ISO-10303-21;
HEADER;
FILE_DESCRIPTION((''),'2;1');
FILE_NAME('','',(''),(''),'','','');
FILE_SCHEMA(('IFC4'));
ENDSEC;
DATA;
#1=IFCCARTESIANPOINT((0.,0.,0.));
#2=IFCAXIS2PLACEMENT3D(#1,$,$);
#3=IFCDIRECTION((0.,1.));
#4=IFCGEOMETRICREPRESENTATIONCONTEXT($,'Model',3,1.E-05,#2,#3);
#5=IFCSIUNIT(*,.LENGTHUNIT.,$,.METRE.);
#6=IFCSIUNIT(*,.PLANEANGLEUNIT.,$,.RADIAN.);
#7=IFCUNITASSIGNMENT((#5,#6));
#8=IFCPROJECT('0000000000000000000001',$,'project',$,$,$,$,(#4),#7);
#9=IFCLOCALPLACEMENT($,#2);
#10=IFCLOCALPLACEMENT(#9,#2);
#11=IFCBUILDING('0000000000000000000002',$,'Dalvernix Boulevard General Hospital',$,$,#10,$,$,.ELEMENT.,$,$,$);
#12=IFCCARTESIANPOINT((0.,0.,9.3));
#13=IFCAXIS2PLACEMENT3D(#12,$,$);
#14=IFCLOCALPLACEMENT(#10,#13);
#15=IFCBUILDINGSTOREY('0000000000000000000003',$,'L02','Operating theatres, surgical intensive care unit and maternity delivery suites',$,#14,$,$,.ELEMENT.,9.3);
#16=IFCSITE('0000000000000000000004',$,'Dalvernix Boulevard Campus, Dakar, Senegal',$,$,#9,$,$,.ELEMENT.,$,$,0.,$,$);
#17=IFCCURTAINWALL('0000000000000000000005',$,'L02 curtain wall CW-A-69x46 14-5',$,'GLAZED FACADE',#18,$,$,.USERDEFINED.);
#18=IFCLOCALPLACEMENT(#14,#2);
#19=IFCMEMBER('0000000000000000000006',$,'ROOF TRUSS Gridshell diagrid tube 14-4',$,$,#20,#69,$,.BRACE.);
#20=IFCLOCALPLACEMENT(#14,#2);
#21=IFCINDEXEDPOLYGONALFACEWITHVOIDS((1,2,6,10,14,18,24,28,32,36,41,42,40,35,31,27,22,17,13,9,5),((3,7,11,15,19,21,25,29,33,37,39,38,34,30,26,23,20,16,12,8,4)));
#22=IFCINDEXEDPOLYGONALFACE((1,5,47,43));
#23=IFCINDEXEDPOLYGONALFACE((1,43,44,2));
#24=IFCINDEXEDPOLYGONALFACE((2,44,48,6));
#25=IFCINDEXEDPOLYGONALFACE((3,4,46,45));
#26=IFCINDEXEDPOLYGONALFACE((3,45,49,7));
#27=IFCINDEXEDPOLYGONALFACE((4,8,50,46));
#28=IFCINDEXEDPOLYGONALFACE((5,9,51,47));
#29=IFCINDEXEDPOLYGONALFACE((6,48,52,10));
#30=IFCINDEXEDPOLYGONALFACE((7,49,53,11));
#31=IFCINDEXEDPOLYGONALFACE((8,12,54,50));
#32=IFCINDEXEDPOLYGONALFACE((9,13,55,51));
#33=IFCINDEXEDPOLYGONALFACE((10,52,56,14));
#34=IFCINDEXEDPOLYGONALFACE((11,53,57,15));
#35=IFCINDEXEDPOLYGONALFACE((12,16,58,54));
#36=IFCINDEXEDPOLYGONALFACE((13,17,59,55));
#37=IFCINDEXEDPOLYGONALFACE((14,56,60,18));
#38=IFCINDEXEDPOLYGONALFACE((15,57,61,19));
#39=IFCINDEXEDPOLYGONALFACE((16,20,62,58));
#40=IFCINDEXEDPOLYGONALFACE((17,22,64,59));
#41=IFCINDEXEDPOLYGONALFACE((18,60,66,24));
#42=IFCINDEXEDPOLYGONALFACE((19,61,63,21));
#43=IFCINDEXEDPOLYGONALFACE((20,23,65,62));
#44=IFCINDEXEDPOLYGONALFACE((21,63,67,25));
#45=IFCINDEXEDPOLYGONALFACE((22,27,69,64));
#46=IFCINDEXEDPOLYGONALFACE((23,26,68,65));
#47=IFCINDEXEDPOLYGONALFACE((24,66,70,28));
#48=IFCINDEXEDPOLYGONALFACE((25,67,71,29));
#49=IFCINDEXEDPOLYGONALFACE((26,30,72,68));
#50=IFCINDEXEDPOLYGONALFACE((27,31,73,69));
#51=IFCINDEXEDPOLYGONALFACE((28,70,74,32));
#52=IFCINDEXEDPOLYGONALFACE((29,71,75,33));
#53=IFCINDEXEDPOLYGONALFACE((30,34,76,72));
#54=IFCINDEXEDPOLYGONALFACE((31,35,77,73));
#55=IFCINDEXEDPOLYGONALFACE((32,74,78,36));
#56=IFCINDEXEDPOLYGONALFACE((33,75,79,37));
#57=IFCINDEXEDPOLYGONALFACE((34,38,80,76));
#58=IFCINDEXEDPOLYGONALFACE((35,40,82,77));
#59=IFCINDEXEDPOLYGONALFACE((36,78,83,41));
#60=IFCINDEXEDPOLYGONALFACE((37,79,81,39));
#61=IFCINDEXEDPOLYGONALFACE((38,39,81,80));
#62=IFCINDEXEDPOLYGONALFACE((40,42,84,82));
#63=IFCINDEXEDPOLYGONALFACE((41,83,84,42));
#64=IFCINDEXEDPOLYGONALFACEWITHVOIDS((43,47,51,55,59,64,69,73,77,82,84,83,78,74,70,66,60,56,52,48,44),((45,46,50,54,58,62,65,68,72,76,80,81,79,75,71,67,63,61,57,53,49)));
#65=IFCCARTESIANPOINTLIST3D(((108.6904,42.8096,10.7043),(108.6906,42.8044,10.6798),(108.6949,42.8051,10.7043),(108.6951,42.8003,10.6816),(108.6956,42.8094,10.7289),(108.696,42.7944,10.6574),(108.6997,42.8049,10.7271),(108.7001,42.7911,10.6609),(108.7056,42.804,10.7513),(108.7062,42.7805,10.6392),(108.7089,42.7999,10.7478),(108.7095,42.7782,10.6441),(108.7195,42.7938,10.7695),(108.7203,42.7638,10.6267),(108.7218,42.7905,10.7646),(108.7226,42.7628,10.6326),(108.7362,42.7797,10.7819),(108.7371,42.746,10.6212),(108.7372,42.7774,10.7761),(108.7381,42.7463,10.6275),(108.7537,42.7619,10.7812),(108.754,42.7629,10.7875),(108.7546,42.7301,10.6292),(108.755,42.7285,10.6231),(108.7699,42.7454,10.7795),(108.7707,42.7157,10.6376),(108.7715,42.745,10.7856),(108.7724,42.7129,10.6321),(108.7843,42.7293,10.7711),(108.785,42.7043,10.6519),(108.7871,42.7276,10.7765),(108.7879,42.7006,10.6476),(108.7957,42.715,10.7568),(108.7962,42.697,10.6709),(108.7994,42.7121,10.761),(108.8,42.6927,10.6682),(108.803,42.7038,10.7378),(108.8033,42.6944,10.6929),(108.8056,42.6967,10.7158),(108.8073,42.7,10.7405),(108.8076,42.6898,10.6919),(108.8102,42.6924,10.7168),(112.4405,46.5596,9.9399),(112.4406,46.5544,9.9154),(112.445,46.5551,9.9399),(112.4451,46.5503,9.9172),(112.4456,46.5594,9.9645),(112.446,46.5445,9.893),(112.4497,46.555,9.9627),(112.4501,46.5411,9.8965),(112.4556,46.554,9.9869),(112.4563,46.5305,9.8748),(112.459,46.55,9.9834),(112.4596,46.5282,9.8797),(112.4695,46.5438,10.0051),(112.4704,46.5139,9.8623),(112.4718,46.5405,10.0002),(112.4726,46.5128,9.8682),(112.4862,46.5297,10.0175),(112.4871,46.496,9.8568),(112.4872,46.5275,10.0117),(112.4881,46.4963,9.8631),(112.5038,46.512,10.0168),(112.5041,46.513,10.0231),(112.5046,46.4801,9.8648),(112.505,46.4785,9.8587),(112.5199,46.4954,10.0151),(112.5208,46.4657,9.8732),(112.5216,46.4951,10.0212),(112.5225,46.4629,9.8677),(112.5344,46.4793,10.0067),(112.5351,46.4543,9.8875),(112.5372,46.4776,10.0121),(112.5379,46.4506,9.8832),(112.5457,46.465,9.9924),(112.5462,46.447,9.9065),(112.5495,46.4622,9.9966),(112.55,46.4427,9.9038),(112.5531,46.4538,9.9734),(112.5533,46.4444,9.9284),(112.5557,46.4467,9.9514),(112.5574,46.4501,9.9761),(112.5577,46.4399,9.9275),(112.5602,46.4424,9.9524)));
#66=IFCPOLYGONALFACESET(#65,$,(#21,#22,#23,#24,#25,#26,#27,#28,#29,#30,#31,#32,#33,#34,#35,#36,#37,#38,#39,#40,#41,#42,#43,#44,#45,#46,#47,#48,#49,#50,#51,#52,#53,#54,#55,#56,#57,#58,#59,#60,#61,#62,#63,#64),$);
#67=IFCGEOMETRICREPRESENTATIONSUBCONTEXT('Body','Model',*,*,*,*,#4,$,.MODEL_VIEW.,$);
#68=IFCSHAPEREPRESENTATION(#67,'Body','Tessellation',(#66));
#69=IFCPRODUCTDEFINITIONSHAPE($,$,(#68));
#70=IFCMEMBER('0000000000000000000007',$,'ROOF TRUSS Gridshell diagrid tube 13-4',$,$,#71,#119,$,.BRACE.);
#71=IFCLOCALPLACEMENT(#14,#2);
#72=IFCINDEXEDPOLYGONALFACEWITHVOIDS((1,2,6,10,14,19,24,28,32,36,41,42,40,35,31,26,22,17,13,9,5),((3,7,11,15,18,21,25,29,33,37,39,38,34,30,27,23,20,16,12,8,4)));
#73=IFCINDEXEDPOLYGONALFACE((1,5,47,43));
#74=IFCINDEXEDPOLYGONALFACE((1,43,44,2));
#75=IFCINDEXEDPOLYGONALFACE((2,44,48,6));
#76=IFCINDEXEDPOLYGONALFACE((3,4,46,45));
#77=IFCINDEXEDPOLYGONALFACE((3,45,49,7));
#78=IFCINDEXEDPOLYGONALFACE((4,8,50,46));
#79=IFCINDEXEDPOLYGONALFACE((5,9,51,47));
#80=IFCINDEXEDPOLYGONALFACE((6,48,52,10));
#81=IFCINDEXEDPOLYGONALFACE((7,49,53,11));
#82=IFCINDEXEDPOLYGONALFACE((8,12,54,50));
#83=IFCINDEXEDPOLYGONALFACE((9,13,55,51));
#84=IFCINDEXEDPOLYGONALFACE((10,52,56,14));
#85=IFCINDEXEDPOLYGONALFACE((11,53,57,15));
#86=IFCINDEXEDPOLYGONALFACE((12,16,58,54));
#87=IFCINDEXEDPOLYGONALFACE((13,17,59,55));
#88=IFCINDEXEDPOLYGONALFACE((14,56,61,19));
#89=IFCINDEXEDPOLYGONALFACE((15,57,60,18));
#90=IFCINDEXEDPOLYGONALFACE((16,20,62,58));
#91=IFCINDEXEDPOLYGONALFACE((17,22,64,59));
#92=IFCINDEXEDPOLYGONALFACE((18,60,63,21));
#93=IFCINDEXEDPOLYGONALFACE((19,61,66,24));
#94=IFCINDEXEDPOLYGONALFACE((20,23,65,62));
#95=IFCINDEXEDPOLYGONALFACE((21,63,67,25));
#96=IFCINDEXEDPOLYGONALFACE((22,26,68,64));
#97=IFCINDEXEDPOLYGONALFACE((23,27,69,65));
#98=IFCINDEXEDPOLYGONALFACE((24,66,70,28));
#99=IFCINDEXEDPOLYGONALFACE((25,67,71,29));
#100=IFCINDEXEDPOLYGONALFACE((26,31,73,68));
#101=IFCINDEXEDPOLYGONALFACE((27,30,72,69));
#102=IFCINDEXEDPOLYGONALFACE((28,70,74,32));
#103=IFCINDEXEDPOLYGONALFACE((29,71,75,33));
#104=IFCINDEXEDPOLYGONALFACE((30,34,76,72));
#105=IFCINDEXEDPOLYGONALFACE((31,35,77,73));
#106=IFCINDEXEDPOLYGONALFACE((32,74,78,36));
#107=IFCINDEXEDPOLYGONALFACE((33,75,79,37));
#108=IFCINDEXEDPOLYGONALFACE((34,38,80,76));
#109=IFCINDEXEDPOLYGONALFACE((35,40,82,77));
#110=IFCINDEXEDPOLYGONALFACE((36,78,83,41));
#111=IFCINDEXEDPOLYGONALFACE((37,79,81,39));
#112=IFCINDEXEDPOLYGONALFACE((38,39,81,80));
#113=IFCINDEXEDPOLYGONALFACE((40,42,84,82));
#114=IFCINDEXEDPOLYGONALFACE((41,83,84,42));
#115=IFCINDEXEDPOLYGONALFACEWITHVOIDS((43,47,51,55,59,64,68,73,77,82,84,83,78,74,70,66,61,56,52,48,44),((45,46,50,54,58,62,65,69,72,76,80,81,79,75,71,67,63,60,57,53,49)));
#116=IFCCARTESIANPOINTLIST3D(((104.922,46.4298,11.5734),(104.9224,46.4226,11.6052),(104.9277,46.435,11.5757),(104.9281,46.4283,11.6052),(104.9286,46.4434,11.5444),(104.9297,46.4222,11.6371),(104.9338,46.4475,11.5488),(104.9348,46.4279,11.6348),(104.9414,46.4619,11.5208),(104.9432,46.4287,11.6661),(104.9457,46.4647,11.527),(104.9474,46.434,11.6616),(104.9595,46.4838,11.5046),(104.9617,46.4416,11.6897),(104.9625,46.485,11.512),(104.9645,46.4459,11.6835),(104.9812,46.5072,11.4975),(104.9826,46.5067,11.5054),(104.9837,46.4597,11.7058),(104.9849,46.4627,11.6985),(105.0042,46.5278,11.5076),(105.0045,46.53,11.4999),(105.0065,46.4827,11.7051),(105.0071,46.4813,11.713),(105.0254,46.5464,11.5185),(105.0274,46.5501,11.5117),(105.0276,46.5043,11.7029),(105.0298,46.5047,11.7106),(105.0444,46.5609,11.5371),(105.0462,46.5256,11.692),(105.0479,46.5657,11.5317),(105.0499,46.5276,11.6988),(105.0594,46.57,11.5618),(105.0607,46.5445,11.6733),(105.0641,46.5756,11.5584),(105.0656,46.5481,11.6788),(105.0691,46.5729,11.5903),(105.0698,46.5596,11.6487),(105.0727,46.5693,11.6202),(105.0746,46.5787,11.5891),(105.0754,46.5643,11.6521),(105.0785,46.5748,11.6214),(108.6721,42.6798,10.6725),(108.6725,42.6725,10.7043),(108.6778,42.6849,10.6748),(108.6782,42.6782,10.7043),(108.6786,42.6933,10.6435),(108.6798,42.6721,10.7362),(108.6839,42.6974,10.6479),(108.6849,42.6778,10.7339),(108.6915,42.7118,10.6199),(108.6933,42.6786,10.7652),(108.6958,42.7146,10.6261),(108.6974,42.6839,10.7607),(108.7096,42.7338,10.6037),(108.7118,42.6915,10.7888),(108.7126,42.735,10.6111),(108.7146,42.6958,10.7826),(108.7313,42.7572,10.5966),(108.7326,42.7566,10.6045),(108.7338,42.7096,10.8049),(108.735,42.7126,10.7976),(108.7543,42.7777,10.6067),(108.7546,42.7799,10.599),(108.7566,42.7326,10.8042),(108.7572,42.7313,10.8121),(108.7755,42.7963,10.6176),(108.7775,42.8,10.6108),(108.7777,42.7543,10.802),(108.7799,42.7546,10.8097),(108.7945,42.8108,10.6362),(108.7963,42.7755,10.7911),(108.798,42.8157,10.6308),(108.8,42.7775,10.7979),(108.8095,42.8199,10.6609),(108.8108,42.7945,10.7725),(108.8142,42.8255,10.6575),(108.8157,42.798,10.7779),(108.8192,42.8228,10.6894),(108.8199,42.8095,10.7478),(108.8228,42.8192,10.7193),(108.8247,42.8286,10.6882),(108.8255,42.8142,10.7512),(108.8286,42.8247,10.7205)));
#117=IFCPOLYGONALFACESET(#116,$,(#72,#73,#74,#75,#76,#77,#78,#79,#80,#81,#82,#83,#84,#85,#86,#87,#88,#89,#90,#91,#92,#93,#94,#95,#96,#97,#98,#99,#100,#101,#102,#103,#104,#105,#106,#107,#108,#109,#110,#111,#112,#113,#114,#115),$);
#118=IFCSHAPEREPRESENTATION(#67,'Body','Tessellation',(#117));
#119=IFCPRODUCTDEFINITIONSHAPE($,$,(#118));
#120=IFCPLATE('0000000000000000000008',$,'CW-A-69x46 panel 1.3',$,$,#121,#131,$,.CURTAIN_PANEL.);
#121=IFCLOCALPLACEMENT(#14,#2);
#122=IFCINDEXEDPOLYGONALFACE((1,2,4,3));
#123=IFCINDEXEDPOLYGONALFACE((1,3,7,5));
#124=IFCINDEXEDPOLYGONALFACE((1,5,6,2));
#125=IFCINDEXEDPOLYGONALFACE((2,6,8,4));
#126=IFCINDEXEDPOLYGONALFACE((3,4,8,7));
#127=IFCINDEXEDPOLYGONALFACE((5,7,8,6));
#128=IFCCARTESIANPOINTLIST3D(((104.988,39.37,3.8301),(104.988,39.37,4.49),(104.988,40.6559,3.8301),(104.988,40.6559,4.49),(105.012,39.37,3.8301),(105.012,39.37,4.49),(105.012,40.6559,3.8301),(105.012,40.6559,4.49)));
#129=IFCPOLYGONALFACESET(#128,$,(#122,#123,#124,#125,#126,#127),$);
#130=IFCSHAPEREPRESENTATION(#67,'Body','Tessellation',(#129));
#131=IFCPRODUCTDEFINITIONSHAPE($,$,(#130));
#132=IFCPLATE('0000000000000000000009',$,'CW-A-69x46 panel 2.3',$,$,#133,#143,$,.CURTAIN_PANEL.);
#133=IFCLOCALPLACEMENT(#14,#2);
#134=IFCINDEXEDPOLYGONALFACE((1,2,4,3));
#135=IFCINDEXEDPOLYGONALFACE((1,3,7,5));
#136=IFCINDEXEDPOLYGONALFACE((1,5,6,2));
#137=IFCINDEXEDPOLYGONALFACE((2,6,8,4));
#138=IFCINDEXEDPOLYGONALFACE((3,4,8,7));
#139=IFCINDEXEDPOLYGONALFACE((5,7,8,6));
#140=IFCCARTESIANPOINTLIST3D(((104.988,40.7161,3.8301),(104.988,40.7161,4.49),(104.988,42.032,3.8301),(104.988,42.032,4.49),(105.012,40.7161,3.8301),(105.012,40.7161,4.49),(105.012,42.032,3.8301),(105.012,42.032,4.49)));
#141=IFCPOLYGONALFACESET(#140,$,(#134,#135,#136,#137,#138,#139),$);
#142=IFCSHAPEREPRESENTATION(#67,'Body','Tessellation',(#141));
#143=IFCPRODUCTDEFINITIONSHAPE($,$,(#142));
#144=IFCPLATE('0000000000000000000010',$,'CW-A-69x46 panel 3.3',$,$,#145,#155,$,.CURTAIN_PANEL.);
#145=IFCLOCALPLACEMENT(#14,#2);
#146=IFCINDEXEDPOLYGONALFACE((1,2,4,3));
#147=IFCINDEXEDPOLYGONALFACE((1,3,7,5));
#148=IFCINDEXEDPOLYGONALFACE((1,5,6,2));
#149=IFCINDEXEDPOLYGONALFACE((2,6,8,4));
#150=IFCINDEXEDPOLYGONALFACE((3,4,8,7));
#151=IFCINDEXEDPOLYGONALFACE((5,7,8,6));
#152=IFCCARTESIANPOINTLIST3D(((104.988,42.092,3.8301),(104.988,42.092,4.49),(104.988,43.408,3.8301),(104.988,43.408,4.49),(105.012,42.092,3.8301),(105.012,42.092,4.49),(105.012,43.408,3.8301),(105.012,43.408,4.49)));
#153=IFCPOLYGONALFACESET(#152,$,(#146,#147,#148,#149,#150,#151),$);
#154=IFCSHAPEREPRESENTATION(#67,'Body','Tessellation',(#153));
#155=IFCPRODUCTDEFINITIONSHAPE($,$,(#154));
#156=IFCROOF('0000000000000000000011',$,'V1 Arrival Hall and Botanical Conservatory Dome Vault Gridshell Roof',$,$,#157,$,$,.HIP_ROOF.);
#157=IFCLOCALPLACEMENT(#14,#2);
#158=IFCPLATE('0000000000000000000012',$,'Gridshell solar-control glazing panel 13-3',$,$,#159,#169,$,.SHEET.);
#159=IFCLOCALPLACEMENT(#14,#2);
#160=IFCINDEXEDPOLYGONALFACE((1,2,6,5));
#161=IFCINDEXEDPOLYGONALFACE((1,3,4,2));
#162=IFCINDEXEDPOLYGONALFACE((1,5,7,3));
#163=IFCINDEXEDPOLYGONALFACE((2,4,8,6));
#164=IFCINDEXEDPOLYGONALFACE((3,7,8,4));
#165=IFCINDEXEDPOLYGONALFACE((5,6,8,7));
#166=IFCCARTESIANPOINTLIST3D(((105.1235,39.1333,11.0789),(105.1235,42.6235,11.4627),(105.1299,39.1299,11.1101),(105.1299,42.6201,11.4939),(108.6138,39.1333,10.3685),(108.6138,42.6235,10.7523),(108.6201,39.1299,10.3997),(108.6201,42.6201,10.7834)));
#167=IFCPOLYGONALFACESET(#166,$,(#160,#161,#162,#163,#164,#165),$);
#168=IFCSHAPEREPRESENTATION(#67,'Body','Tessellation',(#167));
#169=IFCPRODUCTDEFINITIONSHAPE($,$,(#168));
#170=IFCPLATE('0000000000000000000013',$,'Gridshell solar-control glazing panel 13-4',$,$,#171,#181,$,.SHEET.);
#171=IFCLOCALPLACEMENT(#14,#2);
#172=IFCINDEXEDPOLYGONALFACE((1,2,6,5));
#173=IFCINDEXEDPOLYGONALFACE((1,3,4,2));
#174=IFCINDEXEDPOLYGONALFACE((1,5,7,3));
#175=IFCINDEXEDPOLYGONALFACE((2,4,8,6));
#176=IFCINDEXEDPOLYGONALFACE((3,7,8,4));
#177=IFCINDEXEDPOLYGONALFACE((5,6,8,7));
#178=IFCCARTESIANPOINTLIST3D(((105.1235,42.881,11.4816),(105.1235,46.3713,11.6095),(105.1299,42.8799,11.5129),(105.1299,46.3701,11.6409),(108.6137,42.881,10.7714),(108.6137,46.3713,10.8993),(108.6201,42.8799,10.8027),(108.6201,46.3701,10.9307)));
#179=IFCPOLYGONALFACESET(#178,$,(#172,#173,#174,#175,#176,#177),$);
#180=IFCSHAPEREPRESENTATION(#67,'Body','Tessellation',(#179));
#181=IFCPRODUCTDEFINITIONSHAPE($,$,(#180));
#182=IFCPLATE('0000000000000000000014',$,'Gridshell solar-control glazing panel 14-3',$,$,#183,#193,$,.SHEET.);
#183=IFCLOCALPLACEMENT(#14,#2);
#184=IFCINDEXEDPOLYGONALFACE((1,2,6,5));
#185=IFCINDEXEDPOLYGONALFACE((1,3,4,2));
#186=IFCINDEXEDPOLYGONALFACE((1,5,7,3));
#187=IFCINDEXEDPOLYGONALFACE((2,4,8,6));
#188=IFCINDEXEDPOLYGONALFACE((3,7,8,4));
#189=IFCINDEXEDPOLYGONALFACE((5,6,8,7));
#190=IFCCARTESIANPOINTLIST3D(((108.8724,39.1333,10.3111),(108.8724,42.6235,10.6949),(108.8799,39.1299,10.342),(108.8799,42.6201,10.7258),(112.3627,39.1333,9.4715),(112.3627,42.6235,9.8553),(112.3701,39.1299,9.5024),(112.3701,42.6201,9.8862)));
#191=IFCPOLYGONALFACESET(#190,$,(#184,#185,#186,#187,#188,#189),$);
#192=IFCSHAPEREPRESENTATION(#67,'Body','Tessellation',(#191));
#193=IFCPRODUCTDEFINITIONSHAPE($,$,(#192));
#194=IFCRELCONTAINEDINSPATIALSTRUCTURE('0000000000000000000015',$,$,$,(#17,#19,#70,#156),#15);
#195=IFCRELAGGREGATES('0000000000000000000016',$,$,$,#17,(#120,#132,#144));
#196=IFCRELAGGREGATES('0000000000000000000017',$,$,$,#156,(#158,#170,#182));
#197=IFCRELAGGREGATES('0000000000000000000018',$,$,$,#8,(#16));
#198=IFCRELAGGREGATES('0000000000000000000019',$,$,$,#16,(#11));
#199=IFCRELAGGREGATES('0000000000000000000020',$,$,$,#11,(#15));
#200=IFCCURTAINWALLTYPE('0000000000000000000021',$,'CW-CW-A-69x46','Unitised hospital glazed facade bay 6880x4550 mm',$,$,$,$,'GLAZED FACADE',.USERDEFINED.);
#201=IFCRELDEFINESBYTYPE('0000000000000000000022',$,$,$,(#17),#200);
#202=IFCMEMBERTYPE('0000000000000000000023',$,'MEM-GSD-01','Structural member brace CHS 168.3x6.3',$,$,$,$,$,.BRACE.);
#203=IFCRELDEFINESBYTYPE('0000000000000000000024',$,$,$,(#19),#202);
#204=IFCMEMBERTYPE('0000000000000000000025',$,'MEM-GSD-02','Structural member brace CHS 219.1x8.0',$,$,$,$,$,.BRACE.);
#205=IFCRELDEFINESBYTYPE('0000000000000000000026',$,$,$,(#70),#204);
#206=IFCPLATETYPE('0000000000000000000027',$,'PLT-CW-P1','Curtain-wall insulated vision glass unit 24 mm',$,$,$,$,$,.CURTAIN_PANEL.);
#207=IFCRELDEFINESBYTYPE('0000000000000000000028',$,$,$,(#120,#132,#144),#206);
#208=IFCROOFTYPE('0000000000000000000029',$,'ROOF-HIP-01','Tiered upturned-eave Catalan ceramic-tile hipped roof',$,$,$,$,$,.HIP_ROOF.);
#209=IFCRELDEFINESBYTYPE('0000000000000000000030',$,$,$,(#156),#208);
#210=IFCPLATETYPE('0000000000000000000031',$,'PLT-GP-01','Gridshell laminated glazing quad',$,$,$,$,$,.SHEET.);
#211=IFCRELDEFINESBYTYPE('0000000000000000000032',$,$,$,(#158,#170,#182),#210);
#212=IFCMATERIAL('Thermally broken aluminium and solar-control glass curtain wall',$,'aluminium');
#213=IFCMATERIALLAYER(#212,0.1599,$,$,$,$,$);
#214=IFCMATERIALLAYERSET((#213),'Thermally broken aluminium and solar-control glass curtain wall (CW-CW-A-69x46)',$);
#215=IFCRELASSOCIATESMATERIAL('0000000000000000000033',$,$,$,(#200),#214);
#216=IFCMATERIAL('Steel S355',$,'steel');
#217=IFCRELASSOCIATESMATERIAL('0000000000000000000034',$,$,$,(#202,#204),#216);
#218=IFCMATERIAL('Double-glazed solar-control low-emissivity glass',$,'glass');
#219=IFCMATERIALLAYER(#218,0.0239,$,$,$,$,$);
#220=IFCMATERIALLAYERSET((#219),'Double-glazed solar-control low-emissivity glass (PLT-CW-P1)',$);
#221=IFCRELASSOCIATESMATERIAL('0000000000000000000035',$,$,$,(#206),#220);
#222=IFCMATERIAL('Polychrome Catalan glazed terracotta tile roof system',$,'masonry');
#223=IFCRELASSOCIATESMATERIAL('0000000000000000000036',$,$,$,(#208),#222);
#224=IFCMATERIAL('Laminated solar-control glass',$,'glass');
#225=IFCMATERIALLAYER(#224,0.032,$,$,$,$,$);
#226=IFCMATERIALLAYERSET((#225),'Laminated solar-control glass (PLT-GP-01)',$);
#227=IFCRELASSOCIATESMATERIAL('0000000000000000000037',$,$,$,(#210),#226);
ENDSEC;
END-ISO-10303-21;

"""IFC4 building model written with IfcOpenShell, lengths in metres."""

from ifc_helpers import new_model, si_unit, direction, frame, origin, origin_2d, place, context, subcontext, project, spatial, polyline, rectangle, hollow_circle, outline, extrude, material, layer, layer_set, material_profile, profile_set, type_object, element, aggregate, save


model = new_model("IFC4")

# Units and contexts
model_context = context("Model", 3, precision=1e-05, world=origin(), true_north=direction((0.0, 1.0)))
body_context = subcontext(model_context, "Body", "Model", "MODEL_VIEW")
ifc_project = project(units=[si_unit("LENGTHUNIT", "METRE"), si_unit("PLANEANGLEUNIT", "RADIAN")], contexts=[model_context])

# Site, building, storey
site_placement = place(None, origin())
site = spatial("IfcSite", under=ifc_project, at=site_placement, Name="Dalvernix Boulevard Campus, Dakar, Senegal", CompositionType="ELEMENT", RefElevation=0.0)
building_placement = place(site_placement, origin())
building = spatial("IfcBuilding", under=site, at=building_placement, Name="Dalvernix Boulevard General Hospital", CompositionType="ELEMENT")
storey_placement = place(building_placement, frame((0.0, 0.0, 9.3)))
storey = spatial("IfcBuildingStorey", under=building, at=storey_placement, Name="L02", Description="Operating theatres, surgical intensive care unit and maternity delivery suites", CompositionType="ELEMENT", Elevation=9.3)

# Shared definitions
ifc_material_1 = material(Name="Steel S355", Category="steel")

# Curtain wall
ifc_material_2 = material(Name="Thermally broken aluminium and solar-control glass curtain wall", Category="aluminium")
ifc_layer_1 = layer(ifc_material_2, 0.1599)
ifc_layer_set_1 = layer_set([ifc_layer_1], Name="Thermally broken aluminium and solar-control glass curtain wall (CW-CW-A-69x46)")
curtain_wall_type = type_object("IfcCurtainWallType", Name="CW-CW-A-69x46", Description="Unitised hospital glazed facade bay 6880x4550 mm", ElementType="GLAZED FACADE", PredefinedType="USERDEFINED", material=ifc_layer_set_1)
curtain_wall_placement = place(storey_placement, origin())
curtain_wall = element("IfcCurtainWall", 1, at=curtain_wall_placement, inside=storey, type_object=curtain_wall_type, Name="L02 curtain wall CW-A-69x46 14-5", ObjectType="GLAZED FACADE", PredefinedType="USERDEFINED")

# Members
ifc_material_profile_1 = material_profile(ifc_material_1, hollow_circle(Radius=0.0842, WallThickness=0.0063, at=origin_2d()), Name="CHS 168.3x6.3")
ifc_profile_set_1 = profile_set([ifc_material_profile_1], Name="Steel S355")
member_type_1 = type_object("IfcMemberType", Name="MEM-GSD-01", Description="Structural member brace CHS 168.3x6.3", PredefinedType="BRACE", material=ifc_profile_set_1)
member_1_placement = place(storey_placement, frame((108.75, 42.75, 10.7043), z_axis=(0.699874, 0.699874, -0.142663), x_axis=(-0.707107, 0.707107, 0.0)))
element("IfcMember", 2, at=member_1_placement, inside=storey, type_object=member_type_1, Name="ROOF TRUSS Gridshell diagrid tube 14-4", PredefinedType="BRACE", context=body_context, shape_type="SweptSolid", body=[
    extrude(hollow_circle(Radius=0.0842, WallThickness=0.0063, at=origin_2d()), origin(), (0.0, 0.0, 1.0), 5.3582),
])
ifc_material_profile_2 = material_profile(ifc_material_1, hollow_circle(Radius=0.1096, WallThickness=0.0081, at=origin_2d()), Name="CHS 219.1x8.0")
ifc_profile_set_2 = profile_set([ifc_material_profile_2], Name="Steel S355")
member_type_2 = type_object("IfcMemberType", Name="MEM-GSD-02", Description="Structural member brace CHS 219.1x8.0", PredefinedType="BRACE", material=ifc_profile_set_2)
member_2_placement = place(storey_placement, frame((108.75, 42.75, 10.7043), z_axis=(-0.69712, 0.69712, 0.167472), x_axis=(-0.707107, -0.707107, 0.0)))
element("IfcMember", 3, at=member_2_placement, inside=storey, type_object=member_type_2, Name="ROOF TRUSS Gridshell diagrid tube 13-4", PredefinedType="BRACE", context=body_context, shape_type="SweptSolid", body=[
    extrude(hollow_circle(Radius=0.1096, WallThickness=0.0081, at=origin_2d()), origin(), (0.0, 0.0, 1.0), 5.3794),
])

# Plates
ifc_material_3 = material(Name="Double-glazed solar-control low-emissivity glass", Category="glass")
ifc_layer_2 = layer(ifc_material_3, 0.0239)
ifc_layer_set_2 = layer_set([ifc_layer_2], Name="Double-glazed solar-control low-emissivity glass (PLT-CW-P1)")
plate_type_1 = type_object("IfcPlateType", Name="PLT-CW-P1", Description="Curtain-wall insulated vision glass unit 24 mm", PredefinedType="CURTAIN_PANEL", material=ifc_layer_set_2)
plate_1_placement = place(storey_placement, frame((105.0, 40.0129, 3.8301), z_axis=(0.0, 0.0, 1.0), x_axis=(0.0, 1.0, 0.0)))
plate_1 = element("IfcPlate", 4, at=plate_1_placement, type_object=plate_type_1, Name="CW-A-69x46 panel 1.3", PredefinedType="CURTAIN_PANEL", context=body_context, shape_type="SweptSolid", body=[
    extrude(rectangle(XDim=1.2859, YDim=0.0239, at=origin_2d()), origin(), (0.0, 0.0, 1.0), 0.6599),
])
plate_2_placement = place(storey_placement, frame((105.0, 41.374, 3.8301), z_axis=(0.0, 0.0, 1.0), x_axis=(0.0, 1.0, 0.0)))
plate_2 = element("IfcPlate", 5, at=plate_2_placement, type_object=plate_type_1, Name="CW-A-69x46 panel 2.3", PredefinedType="CURTAIN_PANEL", context=body_context, shape_type="SweptSolid", body=[
    extrude(rectangle(XDim=1.3159, YDim=0.0239, at=origin_2d()), origin(), (0.0, 0.0, 1.0), 0.6599),
])
plate_3_placement = place(storey_placement, frame((105.0, 42.75, 3.8301), z_axis=(0.0, 0.0, 1.0), x_axis=(0.0, 1.0, 0.0)))
plate_3 = element("IfcPlate", 6, at=plate_3_placement, type_object=plate_type_1, Name="CW-A-69x46 panel 3.3", PredefinedType="CURTAIN_PANEL", context=body_context, shape_type="SweptSolid", body=[
    extrude(rectangle(XDim=1.3159, YDim=0.0239, at=origin_2d()), origin(), (0.0, 0.0, 1.0), 0.6599),
])
aggregate(curtain_wall, [plate_1, plate_2, plate_3])

# Roof, plates
ifc_material_4 = material(Name="Polychrome Catalan glazed terracotta tile roof system", Category="masonry")
roof_type = type_object("IfcRoofType", Name="ROOF-HIP-01", Description="Tiered upturned-eave Catalan ceramic-tile hipped roof", PredefinedType="HIP_ROOF", material=ifc_material_4)
roof_placement = place(storey_placement, origin())
roof = element("IfcRoof", 7, at=roof_placement, inside=storey, type_object=roof_type, Name="V1 Arrival Hall and Botanical Conservatory Dome Vault Gridshell Roof", PredefinedType="HIP_ROOF")
ifc_material_5 = material(Name="Laminated solar-control glass", Category="glass")
ifc_layer_3 = layer(ifc_material_5, 0.032)
ifc_layer_set_3 = layer_set([ifc_layer_3], Name="Laminated solar-control glass (PLT-GP-01)")
plate_type_2 = type_object("IfcPlateType", Name="PLT-GP-01", Description="Gridshell laminated glazing quad", PredefinedType="SHEET", material=ifc_layer_set_3)
plate_4_placement = place(storey_placement, frame((105.1299, 39.1299, 11.1101), z_axis=(0.198315, -0.107131, 0.974266), x_axis=(0.979905, 0.0, -0.199463)))
plate_4 = element("IfcPlate", 8, at=plate_4_placement, type_object=plate_type_2, Name="Gridshell solar-control glazing panel 13-3", PredefinedType="SHEET", context=body_context, shape_type="SweptSolid", body=[
    extrude(outline(polyline([(0.0, 0.0), (3.5618, 0.0), (3.4853, 3.5104), (-0.0766, 3.5104), (0.0, 0.0)])), origin(), (0.0, 0.0, -1.0), 0.032),
])
plate_5_placement = place(storey_placement, frame((105.1299, 42.8799, 11.5129), z_axis=(0.199269, -0.035894, 0.979287), x_axis=(0.979919, 0.0, -0.199397)))
plate_5 = element("IfcPlate", 9, at=plate_5_placement, type_object=plate_type_2, Name="Gridshell solar-control glazing panel 13-4", PredefinedType="SHEET", context=body_context, shape_type="SweptSolid", body=[
    extrude(outline(polyline([(0.0, 0.0), (3.5618, 0.0), (3.5363, 3.4925), (-0.0255, 3.4925), (0.0, 0.0)])), origin(), (0.0, 0.0, -1.0), 0.032),
])
plate_6_placement = place(storey_placement, frame((108.8799, 39.1299, 10.342), z_axis=(0.232559, -0.106305, 0.966755), x_axis=(0.972264, 0.0, -0.233885)))
plate_6 = element("IfcPlate", 10, at=plate_6_placement, type_object=plate_type_2, Name="Gridshell solar-control glazing panel 14-3", PredefinedType="SHEET", context=body_context, shape_type="SweptSolid", body=[
    extrude(outline(polyline([(0.0, 0.0), (3.5898, 0.0), (3.5, 3.5101), (-0.0898, 3.5101), (0.0, 0.0)])), origin(), (0.0, 0.0, -1.0), 0.032),
])
aggregate(roof, [plate_4, plate_5, plate_6])

save(model, "model.ifc")
